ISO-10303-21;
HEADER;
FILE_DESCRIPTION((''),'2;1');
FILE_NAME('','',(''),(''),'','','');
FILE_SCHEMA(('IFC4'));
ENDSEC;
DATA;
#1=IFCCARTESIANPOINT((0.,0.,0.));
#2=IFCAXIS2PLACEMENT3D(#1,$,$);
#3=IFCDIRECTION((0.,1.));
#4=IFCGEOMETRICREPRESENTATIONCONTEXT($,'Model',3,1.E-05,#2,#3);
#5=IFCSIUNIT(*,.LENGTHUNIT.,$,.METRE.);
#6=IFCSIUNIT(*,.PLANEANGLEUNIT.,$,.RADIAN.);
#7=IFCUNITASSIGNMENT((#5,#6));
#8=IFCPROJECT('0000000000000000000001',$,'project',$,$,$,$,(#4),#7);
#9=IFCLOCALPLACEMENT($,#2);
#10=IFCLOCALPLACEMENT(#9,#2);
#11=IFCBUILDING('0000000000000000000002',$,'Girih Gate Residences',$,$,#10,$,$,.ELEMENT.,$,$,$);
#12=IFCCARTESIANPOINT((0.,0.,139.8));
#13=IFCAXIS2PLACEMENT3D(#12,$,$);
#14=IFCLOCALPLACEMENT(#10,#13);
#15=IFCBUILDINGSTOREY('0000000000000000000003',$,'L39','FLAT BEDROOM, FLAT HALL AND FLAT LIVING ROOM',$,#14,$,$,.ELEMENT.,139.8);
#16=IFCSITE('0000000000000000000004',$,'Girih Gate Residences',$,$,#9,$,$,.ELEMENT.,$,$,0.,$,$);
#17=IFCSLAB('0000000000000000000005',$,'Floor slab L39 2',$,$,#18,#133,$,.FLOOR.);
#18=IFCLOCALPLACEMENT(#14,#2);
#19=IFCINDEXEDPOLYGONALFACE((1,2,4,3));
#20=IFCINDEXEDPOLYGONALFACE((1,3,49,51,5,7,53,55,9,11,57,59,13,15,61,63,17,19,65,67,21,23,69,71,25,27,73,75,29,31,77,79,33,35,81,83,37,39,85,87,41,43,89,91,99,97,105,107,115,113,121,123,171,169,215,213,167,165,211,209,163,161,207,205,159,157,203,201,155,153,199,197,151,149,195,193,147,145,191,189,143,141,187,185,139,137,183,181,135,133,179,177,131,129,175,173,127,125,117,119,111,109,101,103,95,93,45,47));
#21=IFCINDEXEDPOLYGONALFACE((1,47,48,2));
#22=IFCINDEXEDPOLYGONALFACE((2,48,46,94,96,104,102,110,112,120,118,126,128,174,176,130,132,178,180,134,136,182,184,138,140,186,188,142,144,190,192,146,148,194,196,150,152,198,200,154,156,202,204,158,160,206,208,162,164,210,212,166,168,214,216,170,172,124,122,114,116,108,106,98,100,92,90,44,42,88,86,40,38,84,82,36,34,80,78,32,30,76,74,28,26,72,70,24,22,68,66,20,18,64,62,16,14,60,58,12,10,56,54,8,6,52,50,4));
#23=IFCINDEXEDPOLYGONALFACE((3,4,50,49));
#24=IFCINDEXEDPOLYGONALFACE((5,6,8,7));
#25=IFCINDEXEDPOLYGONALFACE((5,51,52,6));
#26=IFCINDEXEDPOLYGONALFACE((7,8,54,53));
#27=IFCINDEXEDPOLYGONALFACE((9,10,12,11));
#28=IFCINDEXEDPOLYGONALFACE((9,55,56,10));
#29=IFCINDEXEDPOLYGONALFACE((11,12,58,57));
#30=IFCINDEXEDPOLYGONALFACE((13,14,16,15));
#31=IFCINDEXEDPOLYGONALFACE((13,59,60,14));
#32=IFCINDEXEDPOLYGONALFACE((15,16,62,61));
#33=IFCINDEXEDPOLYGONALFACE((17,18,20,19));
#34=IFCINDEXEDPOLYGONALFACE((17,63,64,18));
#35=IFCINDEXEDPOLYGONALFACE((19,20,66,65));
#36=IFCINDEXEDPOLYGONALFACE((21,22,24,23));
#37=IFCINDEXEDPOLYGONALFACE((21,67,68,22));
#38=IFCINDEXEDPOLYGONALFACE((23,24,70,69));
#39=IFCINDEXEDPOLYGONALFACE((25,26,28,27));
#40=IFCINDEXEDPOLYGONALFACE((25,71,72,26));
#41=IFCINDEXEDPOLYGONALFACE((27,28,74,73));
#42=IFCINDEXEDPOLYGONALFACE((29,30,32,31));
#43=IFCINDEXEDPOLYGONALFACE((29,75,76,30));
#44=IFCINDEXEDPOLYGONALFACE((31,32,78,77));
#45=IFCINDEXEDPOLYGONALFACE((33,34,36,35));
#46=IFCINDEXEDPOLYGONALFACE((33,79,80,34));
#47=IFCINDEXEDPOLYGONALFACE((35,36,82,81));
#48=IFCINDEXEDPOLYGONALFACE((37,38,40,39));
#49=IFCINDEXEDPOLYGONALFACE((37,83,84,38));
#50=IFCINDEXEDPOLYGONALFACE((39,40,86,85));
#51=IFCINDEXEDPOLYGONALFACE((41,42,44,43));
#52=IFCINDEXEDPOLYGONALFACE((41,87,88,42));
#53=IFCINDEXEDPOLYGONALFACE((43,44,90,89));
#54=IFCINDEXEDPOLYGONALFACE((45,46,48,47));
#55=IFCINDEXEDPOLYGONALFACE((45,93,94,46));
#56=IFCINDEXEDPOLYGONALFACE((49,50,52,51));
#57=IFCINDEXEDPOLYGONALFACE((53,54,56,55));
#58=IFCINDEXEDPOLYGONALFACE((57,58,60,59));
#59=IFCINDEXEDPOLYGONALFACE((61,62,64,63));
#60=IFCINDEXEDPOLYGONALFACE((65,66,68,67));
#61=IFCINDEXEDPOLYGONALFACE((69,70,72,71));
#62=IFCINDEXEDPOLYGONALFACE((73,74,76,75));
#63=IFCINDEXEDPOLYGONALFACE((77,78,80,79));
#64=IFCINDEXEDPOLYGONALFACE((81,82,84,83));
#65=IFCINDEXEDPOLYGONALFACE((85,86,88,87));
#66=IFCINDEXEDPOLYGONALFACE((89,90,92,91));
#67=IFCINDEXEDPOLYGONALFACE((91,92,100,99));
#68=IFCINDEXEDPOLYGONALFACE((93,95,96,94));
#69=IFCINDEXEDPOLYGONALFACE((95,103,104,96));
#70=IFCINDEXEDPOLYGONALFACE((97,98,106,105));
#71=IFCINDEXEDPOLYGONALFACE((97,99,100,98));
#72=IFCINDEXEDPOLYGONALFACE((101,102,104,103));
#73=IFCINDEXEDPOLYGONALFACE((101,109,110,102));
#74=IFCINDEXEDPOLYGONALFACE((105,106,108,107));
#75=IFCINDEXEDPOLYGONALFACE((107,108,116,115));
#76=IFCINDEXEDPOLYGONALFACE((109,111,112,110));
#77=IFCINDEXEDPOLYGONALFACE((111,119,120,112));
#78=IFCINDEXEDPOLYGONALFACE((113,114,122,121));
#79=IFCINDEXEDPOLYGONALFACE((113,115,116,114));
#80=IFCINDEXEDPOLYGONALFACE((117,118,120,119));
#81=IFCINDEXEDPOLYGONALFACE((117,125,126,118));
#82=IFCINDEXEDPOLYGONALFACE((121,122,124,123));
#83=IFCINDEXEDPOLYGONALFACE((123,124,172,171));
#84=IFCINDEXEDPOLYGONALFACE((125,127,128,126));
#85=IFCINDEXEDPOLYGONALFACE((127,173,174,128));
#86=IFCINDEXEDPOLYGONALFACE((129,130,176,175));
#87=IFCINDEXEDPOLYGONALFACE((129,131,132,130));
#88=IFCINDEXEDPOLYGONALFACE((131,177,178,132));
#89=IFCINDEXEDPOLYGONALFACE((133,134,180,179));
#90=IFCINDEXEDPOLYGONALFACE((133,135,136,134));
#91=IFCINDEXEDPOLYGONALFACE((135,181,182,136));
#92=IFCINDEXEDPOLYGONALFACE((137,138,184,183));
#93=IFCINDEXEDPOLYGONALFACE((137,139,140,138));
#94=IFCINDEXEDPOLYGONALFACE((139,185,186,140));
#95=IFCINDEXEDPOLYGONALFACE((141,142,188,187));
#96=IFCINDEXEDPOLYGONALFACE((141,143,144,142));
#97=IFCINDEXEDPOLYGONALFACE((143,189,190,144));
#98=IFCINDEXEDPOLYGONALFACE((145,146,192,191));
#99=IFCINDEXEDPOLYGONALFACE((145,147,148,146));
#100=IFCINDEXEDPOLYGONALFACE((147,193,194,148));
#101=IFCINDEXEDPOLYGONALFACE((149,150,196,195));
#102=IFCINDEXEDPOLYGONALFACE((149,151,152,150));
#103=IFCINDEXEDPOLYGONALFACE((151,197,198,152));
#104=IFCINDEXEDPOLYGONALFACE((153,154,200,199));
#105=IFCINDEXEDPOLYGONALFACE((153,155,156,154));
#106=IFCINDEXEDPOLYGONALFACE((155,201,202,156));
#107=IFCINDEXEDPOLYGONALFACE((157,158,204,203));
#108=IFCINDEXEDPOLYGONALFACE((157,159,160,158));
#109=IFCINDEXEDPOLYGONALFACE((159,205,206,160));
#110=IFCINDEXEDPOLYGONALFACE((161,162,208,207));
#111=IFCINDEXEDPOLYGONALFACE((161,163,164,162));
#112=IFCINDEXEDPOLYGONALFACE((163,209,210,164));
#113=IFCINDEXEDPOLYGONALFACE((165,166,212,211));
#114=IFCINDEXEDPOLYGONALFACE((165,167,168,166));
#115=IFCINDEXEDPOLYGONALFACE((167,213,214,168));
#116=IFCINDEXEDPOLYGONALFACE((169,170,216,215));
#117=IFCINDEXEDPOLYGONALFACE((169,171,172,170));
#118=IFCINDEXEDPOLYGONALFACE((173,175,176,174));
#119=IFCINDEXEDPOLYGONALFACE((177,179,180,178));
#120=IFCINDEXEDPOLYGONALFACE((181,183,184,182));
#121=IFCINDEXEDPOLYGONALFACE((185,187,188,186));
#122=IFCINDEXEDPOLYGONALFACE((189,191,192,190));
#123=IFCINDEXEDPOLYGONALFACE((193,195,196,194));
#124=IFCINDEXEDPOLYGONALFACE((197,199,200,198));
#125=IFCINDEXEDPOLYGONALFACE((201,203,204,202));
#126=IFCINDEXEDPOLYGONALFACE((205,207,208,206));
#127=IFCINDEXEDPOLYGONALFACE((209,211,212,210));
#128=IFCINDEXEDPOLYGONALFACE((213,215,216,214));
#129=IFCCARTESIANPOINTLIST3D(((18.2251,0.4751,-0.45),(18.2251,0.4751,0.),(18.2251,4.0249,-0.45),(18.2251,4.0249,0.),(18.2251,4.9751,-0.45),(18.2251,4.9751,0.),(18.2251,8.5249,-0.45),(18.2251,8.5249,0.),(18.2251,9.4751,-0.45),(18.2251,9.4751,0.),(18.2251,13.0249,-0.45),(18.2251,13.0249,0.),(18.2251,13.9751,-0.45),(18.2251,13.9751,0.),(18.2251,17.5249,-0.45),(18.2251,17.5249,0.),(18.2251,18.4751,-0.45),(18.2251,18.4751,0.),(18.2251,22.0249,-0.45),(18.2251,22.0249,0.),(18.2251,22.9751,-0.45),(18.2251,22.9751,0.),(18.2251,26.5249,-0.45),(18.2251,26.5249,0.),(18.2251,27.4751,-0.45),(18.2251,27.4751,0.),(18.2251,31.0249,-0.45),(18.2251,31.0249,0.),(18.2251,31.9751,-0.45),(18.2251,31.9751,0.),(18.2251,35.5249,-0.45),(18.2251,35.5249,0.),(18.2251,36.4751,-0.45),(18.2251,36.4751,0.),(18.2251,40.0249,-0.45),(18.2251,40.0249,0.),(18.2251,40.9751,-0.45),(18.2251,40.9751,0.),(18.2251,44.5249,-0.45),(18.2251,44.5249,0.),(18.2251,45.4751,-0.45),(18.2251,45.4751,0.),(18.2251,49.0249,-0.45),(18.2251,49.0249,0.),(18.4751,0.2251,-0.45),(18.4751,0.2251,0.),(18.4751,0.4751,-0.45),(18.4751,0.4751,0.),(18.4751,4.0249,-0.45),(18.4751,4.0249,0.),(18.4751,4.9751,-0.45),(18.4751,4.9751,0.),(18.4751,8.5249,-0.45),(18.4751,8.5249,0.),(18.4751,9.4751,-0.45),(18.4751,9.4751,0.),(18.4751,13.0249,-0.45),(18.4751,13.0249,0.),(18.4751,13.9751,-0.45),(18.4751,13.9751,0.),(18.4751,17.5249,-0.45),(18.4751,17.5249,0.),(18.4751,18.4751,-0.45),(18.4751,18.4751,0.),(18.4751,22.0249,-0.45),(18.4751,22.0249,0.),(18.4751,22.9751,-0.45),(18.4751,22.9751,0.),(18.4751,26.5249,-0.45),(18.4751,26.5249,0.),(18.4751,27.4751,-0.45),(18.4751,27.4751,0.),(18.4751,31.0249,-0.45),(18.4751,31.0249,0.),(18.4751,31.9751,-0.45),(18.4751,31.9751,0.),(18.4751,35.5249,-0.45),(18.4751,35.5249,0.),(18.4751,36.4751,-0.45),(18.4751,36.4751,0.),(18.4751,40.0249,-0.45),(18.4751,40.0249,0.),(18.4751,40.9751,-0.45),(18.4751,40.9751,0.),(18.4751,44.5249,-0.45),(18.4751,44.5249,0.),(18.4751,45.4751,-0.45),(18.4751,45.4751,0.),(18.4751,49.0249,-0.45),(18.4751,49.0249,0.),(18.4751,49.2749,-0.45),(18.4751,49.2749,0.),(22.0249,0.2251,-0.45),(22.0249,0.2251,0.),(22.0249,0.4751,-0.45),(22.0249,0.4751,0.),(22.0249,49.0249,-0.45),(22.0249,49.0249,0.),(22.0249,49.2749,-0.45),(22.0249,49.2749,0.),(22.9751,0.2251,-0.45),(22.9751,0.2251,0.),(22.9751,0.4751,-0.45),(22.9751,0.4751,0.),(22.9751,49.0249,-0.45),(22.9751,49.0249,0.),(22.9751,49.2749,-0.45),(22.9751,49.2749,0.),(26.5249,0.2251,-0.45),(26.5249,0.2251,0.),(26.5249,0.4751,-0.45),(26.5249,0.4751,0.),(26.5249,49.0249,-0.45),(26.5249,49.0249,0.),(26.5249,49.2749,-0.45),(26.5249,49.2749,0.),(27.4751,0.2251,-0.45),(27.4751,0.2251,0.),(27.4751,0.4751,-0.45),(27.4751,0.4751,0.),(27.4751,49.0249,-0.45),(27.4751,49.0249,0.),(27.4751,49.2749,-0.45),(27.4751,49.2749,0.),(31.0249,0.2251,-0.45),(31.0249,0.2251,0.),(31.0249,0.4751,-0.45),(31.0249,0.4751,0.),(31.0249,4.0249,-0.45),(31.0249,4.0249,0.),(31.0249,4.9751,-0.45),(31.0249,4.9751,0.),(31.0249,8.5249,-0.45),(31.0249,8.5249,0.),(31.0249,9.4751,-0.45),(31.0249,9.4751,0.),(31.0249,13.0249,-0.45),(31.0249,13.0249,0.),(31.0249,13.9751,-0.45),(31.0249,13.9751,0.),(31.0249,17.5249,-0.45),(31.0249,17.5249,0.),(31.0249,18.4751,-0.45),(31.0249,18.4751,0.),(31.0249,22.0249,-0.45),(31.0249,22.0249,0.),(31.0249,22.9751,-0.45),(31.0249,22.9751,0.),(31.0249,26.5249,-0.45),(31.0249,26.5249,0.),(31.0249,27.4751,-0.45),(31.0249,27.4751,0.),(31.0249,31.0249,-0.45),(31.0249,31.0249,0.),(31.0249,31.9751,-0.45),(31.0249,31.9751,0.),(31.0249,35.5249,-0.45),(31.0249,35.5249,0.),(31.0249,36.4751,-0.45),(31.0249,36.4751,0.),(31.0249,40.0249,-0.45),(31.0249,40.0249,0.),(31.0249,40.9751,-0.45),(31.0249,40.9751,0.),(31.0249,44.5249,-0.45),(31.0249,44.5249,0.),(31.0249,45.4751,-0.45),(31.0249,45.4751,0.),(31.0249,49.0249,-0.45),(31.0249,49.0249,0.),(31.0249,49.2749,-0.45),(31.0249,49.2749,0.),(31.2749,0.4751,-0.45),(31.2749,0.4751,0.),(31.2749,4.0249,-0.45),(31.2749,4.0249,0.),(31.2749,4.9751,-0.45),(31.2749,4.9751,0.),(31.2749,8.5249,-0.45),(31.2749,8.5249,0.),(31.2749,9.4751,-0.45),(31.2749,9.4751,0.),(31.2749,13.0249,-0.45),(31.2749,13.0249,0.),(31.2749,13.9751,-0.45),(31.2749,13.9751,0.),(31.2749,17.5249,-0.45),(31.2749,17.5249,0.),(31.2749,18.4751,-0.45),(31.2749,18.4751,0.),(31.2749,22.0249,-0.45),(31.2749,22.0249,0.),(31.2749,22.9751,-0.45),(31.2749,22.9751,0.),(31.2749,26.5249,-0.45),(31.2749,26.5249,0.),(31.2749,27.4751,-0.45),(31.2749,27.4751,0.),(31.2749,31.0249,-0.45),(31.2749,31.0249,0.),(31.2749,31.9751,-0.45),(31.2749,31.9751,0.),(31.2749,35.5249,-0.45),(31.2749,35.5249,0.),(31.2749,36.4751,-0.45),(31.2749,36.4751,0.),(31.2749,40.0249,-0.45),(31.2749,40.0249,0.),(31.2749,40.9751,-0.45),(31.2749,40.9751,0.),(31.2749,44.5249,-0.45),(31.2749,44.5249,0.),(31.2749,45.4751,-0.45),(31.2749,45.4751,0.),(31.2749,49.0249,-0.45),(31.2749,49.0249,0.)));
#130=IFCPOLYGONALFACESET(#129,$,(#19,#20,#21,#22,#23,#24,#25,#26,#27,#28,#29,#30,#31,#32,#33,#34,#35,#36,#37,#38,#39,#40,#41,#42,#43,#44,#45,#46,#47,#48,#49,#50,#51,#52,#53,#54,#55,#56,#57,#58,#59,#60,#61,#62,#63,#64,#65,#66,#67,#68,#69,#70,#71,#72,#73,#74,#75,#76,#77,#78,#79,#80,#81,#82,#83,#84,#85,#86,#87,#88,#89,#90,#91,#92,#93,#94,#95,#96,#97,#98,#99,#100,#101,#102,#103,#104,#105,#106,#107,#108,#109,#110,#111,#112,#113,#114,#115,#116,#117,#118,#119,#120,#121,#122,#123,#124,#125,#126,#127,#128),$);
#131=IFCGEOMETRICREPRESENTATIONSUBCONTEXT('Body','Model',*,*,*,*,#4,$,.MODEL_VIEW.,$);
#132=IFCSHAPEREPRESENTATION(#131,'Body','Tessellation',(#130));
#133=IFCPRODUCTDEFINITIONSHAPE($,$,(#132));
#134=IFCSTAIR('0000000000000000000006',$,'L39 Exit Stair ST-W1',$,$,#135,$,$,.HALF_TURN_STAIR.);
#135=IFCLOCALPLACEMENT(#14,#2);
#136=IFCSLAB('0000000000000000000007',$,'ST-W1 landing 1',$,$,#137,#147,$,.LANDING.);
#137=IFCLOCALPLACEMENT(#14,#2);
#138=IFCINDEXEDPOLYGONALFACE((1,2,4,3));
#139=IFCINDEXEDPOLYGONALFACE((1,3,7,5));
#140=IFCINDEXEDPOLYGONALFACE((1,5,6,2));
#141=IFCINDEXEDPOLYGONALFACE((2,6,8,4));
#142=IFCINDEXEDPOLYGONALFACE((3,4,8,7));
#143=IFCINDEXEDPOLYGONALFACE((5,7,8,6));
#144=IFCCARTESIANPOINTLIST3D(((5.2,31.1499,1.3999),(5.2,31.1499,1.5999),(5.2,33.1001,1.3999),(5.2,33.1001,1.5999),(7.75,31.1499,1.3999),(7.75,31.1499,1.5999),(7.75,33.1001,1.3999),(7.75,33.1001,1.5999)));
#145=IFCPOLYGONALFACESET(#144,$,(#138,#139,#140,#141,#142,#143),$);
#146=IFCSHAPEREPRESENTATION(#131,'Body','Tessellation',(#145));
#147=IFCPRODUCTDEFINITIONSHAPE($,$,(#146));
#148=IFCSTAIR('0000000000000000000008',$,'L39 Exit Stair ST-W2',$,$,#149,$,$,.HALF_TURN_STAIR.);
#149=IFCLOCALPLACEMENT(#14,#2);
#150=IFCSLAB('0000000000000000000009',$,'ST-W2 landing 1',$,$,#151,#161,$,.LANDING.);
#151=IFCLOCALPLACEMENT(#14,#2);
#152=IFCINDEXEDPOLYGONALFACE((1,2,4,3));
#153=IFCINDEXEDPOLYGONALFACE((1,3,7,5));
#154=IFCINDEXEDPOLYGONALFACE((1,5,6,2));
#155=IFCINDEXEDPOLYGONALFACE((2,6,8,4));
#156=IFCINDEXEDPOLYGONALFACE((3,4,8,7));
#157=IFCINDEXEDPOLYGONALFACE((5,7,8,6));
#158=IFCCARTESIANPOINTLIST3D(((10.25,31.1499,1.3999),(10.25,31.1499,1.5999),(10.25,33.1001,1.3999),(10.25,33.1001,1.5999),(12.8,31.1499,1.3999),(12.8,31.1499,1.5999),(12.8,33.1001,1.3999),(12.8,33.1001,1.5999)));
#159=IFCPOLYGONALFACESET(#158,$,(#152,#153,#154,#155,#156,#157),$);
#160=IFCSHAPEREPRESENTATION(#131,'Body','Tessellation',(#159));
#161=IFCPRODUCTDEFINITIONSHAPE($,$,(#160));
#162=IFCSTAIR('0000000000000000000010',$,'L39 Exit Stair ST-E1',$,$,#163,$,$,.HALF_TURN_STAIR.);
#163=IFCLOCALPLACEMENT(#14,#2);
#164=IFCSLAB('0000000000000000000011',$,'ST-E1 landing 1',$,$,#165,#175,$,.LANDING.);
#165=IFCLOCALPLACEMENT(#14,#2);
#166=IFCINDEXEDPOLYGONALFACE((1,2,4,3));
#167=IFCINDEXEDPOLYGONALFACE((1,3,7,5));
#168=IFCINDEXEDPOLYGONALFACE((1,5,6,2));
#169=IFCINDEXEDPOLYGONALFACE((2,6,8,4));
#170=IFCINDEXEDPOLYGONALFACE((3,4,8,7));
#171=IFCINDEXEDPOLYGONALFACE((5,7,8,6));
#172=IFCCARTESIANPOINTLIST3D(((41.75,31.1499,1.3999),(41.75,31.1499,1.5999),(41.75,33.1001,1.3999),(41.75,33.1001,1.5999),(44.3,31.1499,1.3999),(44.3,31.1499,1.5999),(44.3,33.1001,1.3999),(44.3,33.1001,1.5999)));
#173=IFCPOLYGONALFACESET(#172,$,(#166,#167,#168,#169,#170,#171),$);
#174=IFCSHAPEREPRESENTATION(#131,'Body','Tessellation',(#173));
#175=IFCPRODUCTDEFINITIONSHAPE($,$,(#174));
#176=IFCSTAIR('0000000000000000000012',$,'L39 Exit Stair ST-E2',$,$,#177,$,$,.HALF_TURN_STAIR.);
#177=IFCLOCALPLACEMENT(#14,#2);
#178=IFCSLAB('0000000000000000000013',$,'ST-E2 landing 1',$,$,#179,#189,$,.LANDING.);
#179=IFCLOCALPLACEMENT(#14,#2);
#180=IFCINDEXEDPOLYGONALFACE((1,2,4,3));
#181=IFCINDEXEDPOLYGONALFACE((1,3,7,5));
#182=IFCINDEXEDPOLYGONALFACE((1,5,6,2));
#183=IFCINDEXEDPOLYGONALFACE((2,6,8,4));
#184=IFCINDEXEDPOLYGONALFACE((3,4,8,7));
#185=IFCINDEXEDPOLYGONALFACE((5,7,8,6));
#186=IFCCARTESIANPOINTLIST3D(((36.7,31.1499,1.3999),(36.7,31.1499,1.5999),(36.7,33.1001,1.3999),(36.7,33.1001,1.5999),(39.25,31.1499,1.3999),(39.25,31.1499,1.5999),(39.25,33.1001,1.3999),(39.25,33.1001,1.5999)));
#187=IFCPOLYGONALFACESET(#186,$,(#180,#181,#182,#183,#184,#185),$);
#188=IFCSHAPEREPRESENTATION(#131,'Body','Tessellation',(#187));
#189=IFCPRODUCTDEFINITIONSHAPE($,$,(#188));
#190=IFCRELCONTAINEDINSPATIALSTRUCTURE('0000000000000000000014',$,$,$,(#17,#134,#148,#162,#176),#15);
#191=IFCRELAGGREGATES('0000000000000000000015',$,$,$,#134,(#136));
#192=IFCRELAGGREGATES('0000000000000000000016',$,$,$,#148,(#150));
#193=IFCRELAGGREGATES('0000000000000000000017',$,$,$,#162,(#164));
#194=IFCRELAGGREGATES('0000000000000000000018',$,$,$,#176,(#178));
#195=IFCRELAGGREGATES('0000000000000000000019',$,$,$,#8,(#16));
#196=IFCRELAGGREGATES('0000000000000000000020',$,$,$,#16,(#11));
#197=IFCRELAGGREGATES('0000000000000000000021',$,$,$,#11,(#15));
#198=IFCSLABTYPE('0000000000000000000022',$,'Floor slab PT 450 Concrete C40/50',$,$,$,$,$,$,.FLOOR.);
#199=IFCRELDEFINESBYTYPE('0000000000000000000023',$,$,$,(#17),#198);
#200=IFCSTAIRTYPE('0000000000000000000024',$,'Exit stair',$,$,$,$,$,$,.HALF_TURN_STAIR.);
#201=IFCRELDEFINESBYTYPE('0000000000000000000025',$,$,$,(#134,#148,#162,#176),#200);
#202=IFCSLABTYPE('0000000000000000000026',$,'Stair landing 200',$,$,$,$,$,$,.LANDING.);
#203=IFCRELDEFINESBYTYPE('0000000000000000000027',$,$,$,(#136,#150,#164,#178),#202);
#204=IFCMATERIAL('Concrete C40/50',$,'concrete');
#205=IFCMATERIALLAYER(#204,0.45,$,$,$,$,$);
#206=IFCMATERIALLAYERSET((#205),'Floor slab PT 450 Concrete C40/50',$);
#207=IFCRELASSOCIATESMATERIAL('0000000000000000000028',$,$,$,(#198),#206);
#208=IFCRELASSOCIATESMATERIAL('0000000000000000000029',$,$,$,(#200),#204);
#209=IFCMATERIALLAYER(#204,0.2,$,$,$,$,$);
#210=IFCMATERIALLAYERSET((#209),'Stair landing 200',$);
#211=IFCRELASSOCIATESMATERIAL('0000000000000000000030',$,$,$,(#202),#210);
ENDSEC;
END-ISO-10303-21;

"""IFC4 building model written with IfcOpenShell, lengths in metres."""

from ifc_helpers import new_model, si_unit, direction, frame, origin, place, context, subcontext, project, spatial, polyline, outline, extrude, material, layer, layer_set, type_object, element, aggregate, save


model = new_model("IFC4")

# Units and contexts
model_context = context("Model", 3, precision=1e-05, world=origin(), true_north=direction((0.0, 1.0)))
body_context = subcontext(model_context, "Body", "Model", "MODEL_VIEW")
ifc_project = project(units=[si_unit("LENGTHUNIT", "METRE"), si_unit("PLANEANGLEUNIT", "RADIAN")], contexts=[model_context])

# Site, building, storey
site_placement = place(None, origin())
site = spatial("IfcSite", under=ifc_project, at=site_placement, Name="Girih Gate Residences", CompositionType="ELEMENT", RefElevation=0.0)
building_placement = place(site_placement, origin())
building = spatial("IfcBuilding", under=site, at=building_placement, Name="Girih Gate Residences", CompositionType="ELEMENT")
storey_placement = place(building_placement, frame((0.0, 0.0, 139.8)))
storey = spatial("IfcBuildingStorey", under=building, at=storey_placement, Name="L39", Description="FLAT BEDROOM, FLAT HALL AND FLAT LIVING ROOM", CompositionType="ELEMENT", Elevation=139.8)

# Slab
ifc_material_1 = material(Name="Concrete C40/50", Category="concrete")
ifc_layer_1 = layer(ifc_material_1, 0.45)
ifc_layer_set_1 = layer_set([ifc_layer_1], Name="Floor slab PT 450 Concrete C40/50")
slab_type_1 = type_object("IfcSlabType", Name="Floor slab PT 450 Concrete C40/50", PredefinedType="FLOOR", material=ifc_layer_set_1)
slab_1_placement = place(storey_placement, frame((0.0, 0.0, -0.45)))
element("IfcSlab", 1, at=slab_1_placement, inside=storey, type_object=slab_type_1, Name="Floor slab L39 2", PredefinedType="FLOOR", context=body_context, shape_type="SweptSolid", body=[
    extrude(outline(polyline([(22.0249, 49.2749), (18.4751, 49.2749), (18.4751, 49.0249), (18.2251, 49.0249), (18.2251, 45.4751), (18.4751, 45.4751), (18.4751, 44.5249), (18.2251, 44.5249), (18.2251, 40.9751), (18.4751, 40.9751), (18.4751, 40.0249), (18.2251, 40.0249), (18.2251, 36.4751), (18.4751, 36.4751), (18.4751, 35.5249), (18.2251, 35.5249), (18.2251, 31.9751), (18.4751, 31.9751), (18.4751, 31.0249), (18.2251, 31.0249), (18.2251, 27.4751), (18.4751, 27.4751), (18.4751, 26.5249), (18.2251, 26.5249), (18.2251, 22.9751), (18.4751, 22.9751), (18.4751, 22.0249), (18.2251, 22.0249), (18.2251, 18.4751), (18.4751, 18.4751), (18.4751, 17.5249), (18.2251, 17.5249), (18.2251, 13.9751), (18.4751, 13.9751), (18.4751, 13.0249), (18.2251, 13.0249), (18.2251, 9.4751), (18.4751, 9.4751), (18.4751, 8.5249), (18.2251, 8.5249), (18.2251, 4.9751), (18.4751, 4.9751), (18.4751, 4.0249), (18.2251, 4.0249), (18.2251, 0.4751), (18.4751, 0.4751), (18.4751, 0.2251), (22.0249, 0.2251), (22.0249, 0.4751), (22.9751, 0.4751), (22.9751, 0.2251), (26.5249, 0.2251), (26.5249, 0.4751), (27.4751, 0.4751), (27.4751, 0.2251), (31.0249, 0.2251), (31.0249, 0.4751), (31.2749, 0.4751), (31.2749, 4.0249), (31.0249, 4.0249), (31.0249, 4.9751), (31.2749, 4.9751), (31.2749, 8.5249), (31.0249, 8.5249), (31.0249, 9.4751), (31.2749, 9.4751), (31.2749, 13.0249), (31.0249, 13.0249), (31.0249, 13.9751), (31.2749, 13.9751), (31.2749, 17.5249), (31.0249, 17.5249), (31.0249, 18.4751), (31.2749, 18.4751), (31.2749, 22.0249), (31.0249, 22.0249), (31.0249, 22.9751), (31.2749, 22.9751), (31.2749, 26.5249), (31.0249, 26.5249), (31.0249, 27.4751), (31.2749, 27.4751), (31.2749, 31.0249), (31.0249, 31.0249), (31.0249, 31.9751), (31.2749, 31.9751), (31.2749, 35.5249), (31.0249, 35.5249), (31.0249, 36.4751), (31.2749, 36.4751), (31.2749, 40.0249), (31.0249, 40.0249), (31.0249, 40.9751), (31.2749, 40.9751), (31.2749, 44.5249), (31.0249, 44.5249), (31.0249, 45.4751), (31.2749, 45.4751), (31.2749, 49.0249), (31.0249, 49.0249), (31.0249, 49.2749), (27.4751, 49.2749), (27.4751, 49.0249), (26.5249, 49.0249), (26.5249, 49.2749), (22.9751, 49.2749), (22.9751, 49.0249), (22.0249, 49.0249), (22.0249, 49.2749)])), origin(), (0.0, 0.0, 1.0), 0.45),
])

# Stairs, slabs
stair_type = type_object("IfcStairType", Name="Exit stair", PredefinedType="HALF_TURN_STAIR", material=ifc_material_1)
stair_1_placement = place(storey_placement, origin())
stair_1 = element("IfcStair", 2, at=stair_1_placement, inside=storey, type_object=stair_type, Name="L39 Exit Stair ST-W1", PredefinedType="HALF_TURN_STAIR")
ifc_layer_2 = layer(ifc_material_1, 0.2)
ifc_layer_set_2 = layer_set([ifc_layer_2], Name="Stair landing 200")
slab_type_2 = type_object("IfcSlabType", Name="Stair landing 200", PredefinedType="LANDING", material=ifc_layer_set_2)
slab_2_placement = place(storey_placement, frame((0.0, 0.0, 1.3999)))
slab_2 = element("IfcSlab", 3, at=slab_2_placement, type_object=slab_type_2, Name="ST-W1 landing 1", PredefinedType="LANDING", context=body_context, shape_type="SweptSolid", body=[
    extrude(outline(polyline([(7.75, 31.1499), (7.75, 33.1001), (5.2, 33.1001), (5.2, 31.1499), (7.75, 31.1499)])), origin(), (0.0, 0.0, 1.0), 0.2),
])
aggregate(stair_1, [slab_2])
stair_2_placement = place(storey_placement, origin())
stair_2 = element("IfcStair", 4, at=stair_2_placement, inside=storey, type_object=stair_type, Name="L39 Exit Stair ST-W2", PredefinedType="HALF_TURN_STAIR")
slab_3_placement = place(storey_placement, frame((0.0, 0.0, 1.3999)))
slab_3 = element("IfcSlab", 5, at=slab_3_placement, type_object=slab_type_2, Name="ST-W2 landing 1", PredefinedType="LANDING", context=body_context, shape_type="SweptSolid", body=[
    extrude(outline(polyline([(12.8, 31.1499), (12.8, 33.1001), (10.25, 33.1001), (10.25, 31.1499), (12.8, 31.1499)])), origin(), (0.0, 0.0, 1.0), 0.2),
])
aggregate(stair_2, [slab_3])
stair_3_placement = place(storey_placement, origin())
stair_3 = element("IfcStair", 6, at=stair_3_placement, inside=storey, type_object=stair_type, Name="L39 Exit Stair ST-E1", PredefinedType="HALF_TURN_STAIR")
slab_4_placement = place(storey_placement, frame((0.0, 0.0, 1.3999)))
slab_4 = element("IfcSlab", 7, at=slab_4_placement, type_object=slab_type_2, Name="ST-E1 landing 1", PredefinedType="LANDING", context=body_context, shape_type="SweptSolid", body=[
    extrude(outline(polyline([(44.3, 31.1499), (44.3, 33.1001), (41.75, 33.1001), (41.75, 31.1499), (44.3, 31.1499)])), origin(), (0.0, 0.0, 1.0), 0.2),
])
aggregate(stair_3, [slab_4])
stair_4_placement = place(storey_placement, origin())
stair_4 = element("IfcStair", 8, at=stair_4_placement, inside=storey, type_object=stair_type, Name="L39 Exit Stair ST-E2", PredefinedType="HALF_TURN_STAIR")
slab_5_placement = place(storey_placement, frame((0.0, 0.0, 1.3999)))
slab_5 = element("IfcSlab", 9, at=slab_5_placement, type_object=slab_type_2, Name="ST-E2 landing 1", PredefinedType="LANDING", context=body_context, shape_type="SweptSolid", body=[
    extrude(outline(polyline([(39.25, 31.1499), (39.25, 33.1001), (36.7, 33.1001), (36.7, 31.1499), (39.25, 31.1499)])), origin(), (0.0, 0.0, 1.0), 0.2),
])
aggregate(stair_4, [slab_5])

save(model, "model.ifc")
